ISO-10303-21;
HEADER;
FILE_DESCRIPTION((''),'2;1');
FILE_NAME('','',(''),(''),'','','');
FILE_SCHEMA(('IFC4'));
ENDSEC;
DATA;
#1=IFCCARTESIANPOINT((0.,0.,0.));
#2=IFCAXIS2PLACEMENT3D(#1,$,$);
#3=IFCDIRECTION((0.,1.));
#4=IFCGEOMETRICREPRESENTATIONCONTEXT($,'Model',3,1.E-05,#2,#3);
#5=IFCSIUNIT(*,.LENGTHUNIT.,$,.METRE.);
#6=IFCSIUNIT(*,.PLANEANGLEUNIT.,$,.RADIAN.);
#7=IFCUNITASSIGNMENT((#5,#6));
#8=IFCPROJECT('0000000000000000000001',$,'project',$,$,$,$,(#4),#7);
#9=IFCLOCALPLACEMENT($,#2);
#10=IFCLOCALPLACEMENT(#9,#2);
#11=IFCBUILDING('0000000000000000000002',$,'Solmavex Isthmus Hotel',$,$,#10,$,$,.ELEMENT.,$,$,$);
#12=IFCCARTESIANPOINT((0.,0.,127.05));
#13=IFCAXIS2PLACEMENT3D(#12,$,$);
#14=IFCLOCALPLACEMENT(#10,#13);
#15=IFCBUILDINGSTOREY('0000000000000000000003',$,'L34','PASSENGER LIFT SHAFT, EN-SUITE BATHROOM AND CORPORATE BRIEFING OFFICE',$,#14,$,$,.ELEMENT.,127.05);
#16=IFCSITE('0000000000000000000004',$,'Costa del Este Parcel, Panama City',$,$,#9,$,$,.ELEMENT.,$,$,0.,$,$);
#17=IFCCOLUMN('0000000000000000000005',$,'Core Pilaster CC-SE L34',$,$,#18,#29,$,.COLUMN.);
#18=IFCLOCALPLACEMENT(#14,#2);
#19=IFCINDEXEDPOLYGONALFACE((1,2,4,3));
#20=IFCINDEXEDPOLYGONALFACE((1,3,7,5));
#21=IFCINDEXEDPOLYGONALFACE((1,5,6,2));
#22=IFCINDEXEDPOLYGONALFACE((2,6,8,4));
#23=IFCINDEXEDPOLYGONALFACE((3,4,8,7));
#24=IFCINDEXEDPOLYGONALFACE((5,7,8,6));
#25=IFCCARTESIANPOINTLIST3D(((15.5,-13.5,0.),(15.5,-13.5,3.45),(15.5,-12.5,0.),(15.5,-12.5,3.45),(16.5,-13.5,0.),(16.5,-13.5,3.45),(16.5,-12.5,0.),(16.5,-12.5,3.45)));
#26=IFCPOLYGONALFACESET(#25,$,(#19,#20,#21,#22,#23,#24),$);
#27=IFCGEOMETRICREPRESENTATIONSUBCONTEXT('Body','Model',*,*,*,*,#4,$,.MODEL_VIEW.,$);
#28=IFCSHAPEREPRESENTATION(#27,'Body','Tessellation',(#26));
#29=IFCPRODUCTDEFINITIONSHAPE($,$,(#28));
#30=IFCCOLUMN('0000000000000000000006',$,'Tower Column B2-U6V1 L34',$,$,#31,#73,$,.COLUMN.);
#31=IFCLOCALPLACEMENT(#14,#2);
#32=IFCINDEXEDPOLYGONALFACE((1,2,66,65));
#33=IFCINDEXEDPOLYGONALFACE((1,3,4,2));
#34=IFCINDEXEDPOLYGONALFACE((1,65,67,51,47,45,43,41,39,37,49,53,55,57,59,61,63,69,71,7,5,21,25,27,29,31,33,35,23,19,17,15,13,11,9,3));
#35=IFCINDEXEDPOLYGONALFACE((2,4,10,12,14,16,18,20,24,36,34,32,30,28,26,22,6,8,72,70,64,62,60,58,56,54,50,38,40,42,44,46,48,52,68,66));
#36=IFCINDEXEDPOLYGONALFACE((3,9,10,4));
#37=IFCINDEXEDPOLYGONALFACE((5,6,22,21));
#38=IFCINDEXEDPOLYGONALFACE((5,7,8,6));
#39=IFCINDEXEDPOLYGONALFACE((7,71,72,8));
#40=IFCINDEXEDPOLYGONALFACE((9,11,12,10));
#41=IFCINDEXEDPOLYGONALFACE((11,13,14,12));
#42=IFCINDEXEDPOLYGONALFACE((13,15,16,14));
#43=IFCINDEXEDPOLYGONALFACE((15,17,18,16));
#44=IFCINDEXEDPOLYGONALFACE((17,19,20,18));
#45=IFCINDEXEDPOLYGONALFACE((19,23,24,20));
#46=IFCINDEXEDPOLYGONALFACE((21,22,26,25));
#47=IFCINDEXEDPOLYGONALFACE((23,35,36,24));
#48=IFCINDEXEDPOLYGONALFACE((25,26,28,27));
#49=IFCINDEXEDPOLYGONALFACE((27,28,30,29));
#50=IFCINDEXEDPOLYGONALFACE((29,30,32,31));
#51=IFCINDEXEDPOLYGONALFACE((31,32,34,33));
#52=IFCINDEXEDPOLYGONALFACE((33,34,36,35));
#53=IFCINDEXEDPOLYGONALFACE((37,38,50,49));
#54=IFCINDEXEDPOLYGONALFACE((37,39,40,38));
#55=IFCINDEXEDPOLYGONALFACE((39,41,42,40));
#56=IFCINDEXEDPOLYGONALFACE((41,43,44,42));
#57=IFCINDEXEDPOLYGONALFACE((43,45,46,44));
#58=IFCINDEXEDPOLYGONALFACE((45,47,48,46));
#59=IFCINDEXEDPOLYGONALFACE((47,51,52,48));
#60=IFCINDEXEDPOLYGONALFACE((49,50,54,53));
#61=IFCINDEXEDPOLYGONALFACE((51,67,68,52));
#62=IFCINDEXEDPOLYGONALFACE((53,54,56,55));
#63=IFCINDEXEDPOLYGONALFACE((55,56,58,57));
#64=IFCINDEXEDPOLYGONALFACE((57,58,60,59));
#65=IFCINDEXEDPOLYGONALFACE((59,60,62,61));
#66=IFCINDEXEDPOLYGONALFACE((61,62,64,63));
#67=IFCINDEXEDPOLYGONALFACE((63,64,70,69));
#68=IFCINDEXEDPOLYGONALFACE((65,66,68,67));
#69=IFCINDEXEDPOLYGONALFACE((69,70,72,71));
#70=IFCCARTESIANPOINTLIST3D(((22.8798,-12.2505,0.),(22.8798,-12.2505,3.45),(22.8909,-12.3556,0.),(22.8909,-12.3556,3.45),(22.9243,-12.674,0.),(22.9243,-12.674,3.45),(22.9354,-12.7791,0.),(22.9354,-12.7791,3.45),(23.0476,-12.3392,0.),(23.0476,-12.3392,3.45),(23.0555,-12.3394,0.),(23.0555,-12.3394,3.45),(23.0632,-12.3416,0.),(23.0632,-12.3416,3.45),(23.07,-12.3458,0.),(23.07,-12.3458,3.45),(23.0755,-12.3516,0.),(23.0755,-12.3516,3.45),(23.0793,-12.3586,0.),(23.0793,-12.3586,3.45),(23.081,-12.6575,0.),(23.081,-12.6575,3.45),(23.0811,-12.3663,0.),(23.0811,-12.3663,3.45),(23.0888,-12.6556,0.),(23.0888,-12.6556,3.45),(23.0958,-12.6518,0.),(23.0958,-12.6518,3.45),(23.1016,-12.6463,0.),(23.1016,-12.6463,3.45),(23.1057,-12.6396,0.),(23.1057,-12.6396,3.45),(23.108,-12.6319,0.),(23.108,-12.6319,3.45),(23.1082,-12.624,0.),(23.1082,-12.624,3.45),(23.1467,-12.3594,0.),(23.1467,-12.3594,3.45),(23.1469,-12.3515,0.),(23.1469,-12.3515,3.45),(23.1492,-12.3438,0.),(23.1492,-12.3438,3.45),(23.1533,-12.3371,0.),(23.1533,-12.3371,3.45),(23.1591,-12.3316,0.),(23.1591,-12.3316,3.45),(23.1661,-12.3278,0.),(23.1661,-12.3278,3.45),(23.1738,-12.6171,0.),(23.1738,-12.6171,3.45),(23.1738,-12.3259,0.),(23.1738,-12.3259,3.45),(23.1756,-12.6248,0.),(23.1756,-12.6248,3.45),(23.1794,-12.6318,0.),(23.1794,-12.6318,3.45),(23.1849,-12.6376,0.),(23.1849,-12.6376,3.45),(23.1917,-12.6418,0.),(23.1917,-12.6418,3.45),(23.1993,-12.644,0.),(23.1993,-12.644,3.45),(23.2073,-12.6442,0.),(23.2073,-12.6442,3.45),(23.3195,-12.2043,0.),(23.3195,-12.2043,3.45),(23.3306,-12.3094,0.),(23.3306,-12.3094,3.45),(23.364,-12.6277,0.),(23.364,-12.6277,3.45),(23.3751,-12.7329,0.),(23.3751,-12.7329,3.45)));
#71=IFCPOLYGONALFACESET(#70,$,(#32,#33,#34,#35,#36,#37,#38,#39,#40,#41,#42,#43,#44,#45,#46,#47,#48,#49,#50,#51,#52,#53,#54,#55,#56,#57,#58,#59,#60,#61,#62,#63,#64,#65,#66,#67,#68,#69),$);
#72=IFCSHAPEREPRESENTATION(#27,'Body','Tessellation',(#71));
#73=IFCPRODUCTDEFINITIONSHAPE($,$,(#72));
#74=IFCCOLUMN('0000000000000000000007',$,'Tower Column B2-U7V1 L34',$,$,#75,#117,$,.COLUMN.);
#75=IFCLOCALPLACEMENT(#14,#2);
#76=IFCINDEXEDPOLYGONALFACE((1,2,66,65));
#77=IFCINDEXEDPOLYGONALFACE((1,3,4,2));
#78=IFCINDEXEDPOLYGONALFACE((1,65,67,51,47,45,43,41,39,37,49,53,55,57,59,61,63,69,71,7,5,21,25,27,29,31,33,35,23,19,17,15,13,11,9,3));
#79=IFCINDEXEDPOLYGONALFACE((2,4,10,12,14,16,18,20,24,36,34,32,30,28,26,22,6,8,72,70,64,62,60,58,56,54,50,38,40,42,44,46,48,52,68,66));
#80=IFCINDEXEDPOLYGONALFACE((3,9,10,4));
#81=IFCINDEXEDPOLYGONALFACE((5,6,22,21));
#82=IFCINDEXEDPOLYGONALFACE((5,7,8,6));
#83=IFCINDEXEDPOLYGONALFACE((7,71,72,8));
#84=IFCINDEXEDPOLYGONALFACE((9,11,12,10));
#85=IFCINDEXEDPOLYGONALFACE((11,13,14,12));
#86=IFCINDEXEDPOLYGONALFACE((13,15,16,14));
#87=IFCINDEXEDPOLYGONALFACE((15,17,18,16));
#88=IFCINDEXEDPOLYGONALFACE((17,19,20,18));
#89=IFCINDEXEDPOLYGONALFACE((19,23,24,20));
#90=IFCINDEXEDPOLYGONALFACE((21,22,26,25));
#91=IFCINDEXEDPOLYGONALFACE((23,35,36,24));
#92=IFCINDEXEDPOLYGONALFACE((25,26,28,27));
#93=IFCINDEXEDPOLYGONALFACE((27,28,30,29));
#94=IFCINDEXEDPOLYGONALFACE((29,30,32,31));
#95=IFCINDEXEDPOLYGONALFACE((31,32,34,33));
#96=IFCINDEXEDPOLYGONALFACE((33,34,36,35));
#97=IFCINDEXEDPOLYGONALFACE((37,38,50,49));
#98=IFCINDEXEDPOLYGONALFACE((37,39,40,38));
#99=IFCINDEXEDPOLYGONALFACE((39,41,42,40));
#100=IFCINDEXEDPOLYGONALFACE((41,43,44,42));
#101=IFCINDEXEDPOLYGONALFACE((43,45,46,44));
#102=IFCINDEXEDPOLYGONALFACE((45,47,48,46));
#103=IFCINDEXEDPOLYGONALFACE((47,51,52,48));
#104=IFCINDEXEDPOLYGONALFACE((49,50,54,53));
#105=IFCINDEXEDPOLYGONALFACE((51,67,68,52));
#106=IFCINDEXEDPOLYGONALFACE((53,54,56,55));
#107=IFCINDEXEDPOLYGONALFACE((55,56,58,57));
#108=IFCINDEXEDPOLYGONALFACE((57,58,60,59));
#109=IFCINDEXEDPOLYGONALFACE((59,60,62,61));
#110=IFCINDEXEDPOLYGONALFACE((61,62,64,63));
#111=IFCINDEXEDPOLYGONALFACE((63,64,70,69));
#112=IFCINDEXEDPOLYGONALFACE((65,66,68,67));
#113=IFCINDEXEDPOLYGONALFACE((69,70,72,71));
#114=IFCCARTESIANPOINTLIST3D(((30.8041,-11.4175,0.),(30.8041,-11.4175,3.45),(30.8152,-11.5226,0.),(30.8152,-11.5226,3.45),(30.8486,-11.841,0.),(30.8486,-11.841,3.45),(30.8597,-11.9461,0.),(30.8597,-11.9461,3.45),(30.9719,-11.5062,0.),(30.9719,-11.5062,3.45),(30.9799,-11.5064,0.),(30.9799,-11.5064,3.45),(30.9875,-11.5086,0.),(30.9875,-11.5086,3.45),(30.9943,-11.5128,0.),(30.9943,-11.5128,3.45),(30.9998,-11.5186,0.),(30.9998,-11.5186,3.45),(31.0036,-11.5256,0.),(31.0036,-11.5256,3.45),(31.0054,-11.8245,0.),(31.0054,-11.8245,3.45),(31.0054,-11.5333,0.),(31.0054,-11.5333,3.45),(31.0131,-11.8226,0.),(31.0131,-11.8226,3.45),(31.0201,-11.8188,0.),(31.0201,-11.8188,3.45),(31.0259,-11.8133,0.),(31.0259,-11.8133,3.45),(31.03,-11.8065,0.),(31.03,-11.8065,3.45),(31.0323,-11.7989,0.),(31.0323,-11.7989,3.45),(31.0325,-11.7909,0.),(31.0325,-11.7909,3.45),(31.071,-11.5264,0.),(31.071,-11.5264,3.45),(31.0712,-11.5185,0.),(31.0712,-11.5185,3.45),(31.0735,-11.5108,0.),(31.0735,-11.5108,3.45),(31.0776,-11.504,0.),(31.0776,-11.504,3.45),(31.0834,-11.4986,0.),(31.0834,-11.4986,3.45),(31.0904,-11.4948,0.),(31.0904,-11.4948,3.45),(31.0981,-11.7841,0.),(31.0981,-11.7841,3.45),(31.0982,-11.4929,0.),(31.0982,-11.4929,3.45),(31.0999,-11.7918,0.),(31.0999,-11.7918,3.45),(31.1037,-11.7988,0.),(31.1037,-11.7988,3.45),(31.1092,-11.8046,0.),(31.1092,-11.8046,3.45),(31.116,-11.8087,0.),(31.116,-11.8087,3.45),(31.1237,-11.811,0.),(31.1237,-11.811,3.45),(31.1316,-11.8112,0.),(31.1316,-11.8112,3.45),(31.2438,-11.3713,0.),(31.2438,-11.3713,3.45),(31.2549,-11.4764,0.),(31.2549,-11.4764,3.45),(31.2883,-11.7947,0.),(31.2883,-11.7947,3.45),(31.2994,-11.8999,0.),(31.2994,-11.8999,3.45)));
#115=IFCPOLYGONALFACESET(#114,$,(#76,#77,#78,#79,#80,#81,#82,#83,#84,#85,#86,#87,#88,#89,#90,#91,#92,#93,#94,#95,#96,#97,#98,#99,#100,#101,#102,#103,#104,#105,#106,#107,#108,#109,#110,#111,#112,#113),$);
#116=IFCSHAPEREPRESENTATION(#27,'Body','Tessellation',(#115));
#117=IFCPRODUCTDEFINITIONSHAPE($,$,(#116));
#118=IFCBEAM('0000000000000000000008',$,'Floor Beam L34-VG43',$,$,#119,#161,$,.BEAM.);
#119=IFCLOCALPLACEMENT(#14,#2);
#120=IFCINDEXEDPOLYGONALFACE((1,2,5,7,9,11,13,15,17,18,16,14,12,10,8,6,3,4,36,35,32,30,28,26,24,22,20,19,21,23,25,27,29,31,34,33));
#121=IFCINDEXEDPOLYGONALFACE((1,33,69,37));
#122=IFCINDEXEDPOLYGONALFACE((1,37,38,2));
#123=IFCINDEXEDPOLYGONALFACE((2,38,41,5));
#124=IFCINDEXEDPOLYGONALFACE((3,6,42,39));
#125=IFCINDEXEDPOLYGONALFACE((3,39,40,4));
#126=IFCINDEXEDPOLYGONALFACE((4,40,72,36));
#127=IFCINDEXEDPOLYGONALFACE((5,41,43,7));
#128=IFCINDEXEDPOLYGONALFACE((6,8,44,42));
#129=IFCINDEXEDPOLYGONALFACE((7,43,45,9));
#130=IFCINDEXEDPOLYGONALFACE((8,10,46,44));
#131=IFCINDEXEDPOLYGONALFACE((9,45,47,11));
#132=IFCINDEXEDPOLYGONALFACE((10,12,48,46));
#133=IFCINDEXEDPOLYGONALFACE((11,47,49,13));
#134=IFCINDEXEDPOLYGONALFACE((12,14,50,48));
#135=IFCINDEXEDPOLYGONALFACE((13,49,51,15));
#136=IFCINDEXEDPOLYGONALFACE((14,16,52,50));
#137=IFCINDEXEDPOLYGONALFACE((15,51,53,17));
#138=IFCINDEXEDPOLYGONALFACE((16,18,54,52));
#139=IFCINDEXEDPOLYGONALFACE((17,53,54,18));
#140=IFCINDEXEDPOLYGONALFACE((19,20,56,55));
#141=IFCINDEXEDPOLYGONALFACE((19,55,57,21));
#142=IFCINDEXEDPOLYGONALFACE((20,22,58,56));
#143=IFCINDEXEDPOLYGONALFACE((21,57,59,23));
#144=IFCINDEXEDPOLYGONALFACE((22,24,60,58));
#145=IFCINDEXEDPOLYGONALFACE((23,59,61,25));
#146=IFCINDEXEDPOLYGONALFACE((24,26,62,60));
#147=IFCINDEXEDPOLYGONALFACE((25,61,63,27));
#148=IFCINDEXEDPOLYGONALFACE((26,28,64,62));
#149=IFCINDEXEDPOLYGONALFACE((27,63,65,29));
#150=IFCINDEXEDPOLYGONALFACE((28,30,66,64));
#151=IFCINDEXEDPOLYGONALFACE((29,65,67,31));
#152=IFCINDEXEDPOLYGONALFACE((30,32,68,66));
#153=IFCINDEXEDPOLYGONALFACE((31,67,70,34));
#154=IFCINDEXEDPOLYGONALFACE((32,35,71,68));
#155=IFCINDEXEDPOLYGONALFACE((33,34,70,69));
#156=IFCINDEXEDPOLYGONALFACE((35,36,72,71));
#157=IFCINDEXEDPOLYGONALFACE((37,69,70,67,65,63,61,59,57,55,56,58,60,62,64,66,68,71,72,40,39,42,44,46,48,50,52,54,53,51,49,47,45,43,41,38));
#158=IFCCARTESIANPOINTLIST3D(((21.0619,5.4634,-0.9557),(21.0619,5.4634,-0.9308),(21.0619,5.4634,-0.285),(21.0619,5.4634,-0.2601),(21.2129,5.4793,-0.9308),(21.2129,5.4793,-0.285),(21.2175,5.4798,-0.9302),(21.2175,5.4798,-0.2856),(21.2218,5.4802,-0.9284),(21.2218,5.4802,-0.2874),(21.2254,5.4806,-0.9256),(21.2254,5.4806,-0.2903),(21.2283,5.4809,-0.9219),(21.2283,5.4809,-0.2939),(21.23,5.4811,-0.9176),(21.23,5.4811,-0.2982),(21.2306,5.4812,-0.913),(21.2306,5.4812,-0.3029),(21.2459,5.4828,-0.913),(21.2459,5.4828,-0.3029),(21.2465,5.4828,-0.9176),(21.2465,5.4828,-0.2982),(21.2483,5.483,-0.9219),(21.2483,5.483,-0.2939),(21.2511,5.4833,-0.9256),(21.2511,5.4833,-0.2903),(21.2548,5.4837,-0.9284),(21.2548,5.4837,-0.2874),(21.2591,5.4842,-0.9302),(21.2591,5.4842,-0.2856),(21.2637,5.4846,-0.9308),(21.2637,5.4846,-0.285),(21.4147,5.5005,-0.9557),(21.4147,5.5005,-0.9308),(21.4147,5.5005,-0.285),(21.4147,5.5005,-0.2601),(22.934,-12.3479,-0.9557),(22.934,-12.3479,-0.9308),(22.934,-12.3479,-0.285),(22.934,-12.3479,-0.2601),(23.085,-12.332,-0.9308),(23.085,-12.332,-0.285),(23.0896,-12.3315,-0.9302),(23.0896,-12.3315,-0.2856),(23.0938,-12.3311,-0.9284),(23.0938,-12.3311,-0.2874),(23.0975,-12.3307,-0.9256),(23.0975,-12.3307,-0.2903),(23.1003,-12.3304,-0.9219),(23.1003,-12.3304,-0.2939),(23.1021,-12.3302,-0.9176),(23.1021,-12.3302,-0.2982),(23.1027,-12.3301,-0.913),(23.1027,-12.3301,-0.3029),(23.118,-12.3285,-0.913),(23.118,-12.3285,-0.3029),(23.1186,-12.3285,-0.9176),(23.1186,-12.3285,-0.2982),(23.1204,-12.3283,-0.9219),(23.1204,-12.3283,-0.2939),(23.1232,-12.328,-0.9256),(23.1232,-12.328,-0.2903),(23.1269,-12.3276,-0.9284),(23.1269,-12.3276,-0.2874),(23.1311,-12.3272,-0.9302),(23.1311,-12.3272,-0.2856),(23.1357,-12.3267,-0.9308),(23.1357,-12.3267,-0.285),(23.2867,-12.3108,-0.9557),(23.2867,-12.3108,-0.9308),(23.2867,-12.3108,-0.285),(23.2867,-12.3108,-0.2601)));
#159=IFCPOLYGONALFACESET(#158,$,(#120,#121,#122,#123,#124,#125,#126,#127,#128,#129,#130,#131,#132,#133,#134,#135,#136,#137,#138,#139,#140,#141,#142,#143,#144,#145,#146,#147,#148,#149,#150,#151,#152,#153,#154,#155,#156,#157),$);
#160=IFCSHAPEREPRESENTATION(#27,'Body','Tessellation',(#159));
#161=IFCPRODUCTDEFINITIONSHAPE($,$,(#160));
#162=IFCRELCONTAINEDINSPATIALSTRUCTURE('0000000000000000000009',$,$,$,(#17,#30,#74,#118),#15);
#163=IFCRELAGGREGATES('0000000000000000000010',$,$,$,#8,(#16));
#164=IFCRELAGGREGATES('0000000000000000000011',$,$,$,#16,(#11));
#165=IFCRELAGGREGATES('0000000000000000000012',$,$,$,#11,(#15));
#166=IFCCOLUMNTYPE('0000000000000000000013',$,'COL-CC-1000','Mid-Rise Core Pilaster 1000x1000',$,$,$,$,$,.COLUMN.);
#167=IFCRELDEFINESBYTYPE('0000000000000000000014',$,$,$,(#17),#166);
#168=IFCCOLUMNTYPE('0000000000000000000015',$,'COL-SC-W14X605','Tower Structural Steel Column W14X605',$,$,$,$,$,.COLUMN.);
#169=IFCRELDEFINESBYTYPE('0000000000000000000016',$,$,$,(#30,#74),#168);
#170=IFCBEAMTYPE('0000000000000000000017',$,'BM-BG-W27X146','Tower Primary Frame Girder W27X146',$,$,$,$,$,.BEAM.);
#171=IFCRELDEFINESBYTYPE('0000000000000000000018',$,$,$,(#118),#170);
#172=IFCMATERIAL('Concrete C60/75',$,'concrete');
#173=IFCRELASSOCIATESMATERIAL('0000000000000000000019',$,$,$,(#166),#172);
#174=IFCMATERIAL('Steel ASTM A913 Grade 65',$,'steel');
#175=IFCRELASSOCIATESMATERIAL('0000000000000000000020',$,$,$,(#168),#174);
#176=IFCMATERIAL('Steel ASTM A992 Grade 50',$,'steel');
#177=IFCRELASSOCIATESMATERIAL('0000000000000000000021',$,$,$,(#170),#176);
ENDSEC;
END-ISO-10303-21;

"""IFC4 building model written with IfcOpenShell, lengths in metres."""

from ifc_helpers import new_model, si_unit, direction, frame, origin, origin_2d, place, context, subcontext, project, spatial, rectangle, i_section, extrude, material, material_profile, profile_set, type_object, element, save


model = new_model("IFC4")

# Units and contexts
model_context = context("Model", 3, precision=1e-05, world=origin(), true_north=direction((0.0, 1.0)))
body_context = subcontext(model_context, "Body", "Model", "MODEL_VIEW")
ifc_project = project(units=[si_unit("LENGTHUNIT", "METRE"), si_unit("PLANEANGLEUNIT", "RADIAN")], contexts=[model_context])

# Site, building, storey
site_placement = place(None, origin())
site = spatial("IfcSite", under=ifc_project, at=site_placement, Name="Costa del Este Parcel, Panama City", CompositionType="ELEMENT", RefElevation=0.0)
building_placement = place(site_placement, origin())
building = spatial("IfcBuilding", under=site, at=building_placement, Name="Solmavex Isthmus Hotel", CompositionType="ELEMENT")
storey_placement = place(building_placement, frame((0.0, 0.0, 127.05)))
storey = spatial("IfcBuildingStorey", under=building, at=storey_placement, Name="L34", Description="PASSENGER LIFT SHAFT, EN-SUITE BATHROOM AND CORPORATE BRIEFING OFFICE", CompositionType="ELEMENT", Elevation=127.05)

# Columns
ifc_material_1 = material(Name="Concrete C60/75", Category="concrete")
ifc_material_profile_1 = material_profile(ifc_material_1, rectangle(XDim=1.0, YDim=1.0, at=origin_2d()), Name="RC1000X1000")
ifc_profile_set_1 = profile_set([ifc_material_profile_1], Name="Concrete C60/75")
column_type_1 = type_object("IfcColumnType", Name="COL-CC-1000", Description="Mid-Rise Core Pilaster 1000x1000", PredefinedType="COLUMN", material=ifc_profile_set_1)
column_placement = place(storey_placement, frame((16.0, -13.0, 0.0), z_axis=(0.0, 0.0, 1.0), x_axis=(1.0, 0.0, 0.0)))
element("IfcColumn", 1, at=column_placement, inside=storey, type_object=column_type_1, Name="Core Pilaster CC-SE L34", PredefinedType="COLUMN", context=body_context, shape_type="SweptSolid", body=[
    extrude(rectangle(XDim=1.0, YDim=1.0, at=origin_2d()), origin(), (0.0, 0.0, 1.0), 3.45),
])
ifc_material_2 = material(Name="Steel ASTM A913 Grade 65", Category="steel")
ifc_material_profile_2 = material_profile(ifc_material_2, i_section(OverallWidth=0.4421, OverallDepth=0.5315, WebThickness=0.0659, FlangeThickness=0.1057, FilletRadius=0.0305, at=origin_2d()), Name="W14X605")
ifc_profile_set_2 = profile_set([ifc_material_profile_2], Name="Steel ASTM A913 Grade 65")
column_type_2 = type_object("IfcColumnType", Name="COL-SC-W14X605", Description="Tower Structural Steel Column W14X605", PredefinedType="COLUMN", material=ifc_profile_set_2)
for number, where, z_axis, x_axis, name in (
    (2, (23.1274, -12.4917, 0.0), (0.0, 0.0, 1.0), (0.994522, 0.104528, 0.0), "Tower Column B2-U6V1 L34"),
    (3, (31.0518, -11.6587, 0.0), (0.0, 0.0, 1.0), (0.994522, 0.104528, 0.0), "Tower Column B2-U7V1 L34"),
):
    element("IfcColumn", number, at=place(storey_placement, frame(where, z_axis=z_axis, x_axis=x_axis)), inside=storey, type_object=column_type_2, Name=name, PredefinedType="COLUMN", context=body_context, shape_type="SweptSolid", body=[
        extrude(i_section(OverallWidth=0.4421, OverallDepth=0.5315, WebThickness=0.0659, FlangeThickness=0.1057, FilletRadius=0.0305, at=origin_2d()), origin(), (0.0, 0.0, 1.0), 3.45),
    ])

# Beam
ifc_material_3 = material(Name="Steel ASTM A992 Grade 50", Category="steel")
ifc_material_profile_3 = material_profile(ifc_material_3, i_section(OverallWidth=0.3547, OverallDepth=0.6956, WebThickness=0.0154, FlangeThickness=0.0249, FilletRadius=0.0178, at=origin_2d()), Name="W27X146")
ifc_profile_set_3 = profile_set([ifc_material_profile_3], Name="Steel ASTM A992 Grade 50")
beam_type_1 = type_object("IfcBeamType", Name="BM-BG-W27X146", Description="Tower Primary Frame Girder W27X146", PredefinedType="BEAM", material=ifc_profile_set_3)
beam_1_placement = place(storey_placement, frame((23.1104, -12.3293, -0.6079), z_axis=(-0.10453, 0.994522, 0.0), x_axis=(-0.994522, -0.10453, 0.0)))
element("IfcBeam", 4, at=beam_1_placement, inside=storey, type_object=beam_type_1, Name="Floor Beam L34-VG43", PredefinedType="BEAM", context=body_context, shape_type="SweptSolid", body=[
    extrude(i_section(OverallWidth=0.3547, OverallDepth=0.6956, WebThickness=0.0154, FlangeThickness=0.0249, FilletRadius=0.0178, at=origin_2d()), origin(), (0.0, 0.0, 1.0), 17.9094),
])

save(model, "model.ifc")
